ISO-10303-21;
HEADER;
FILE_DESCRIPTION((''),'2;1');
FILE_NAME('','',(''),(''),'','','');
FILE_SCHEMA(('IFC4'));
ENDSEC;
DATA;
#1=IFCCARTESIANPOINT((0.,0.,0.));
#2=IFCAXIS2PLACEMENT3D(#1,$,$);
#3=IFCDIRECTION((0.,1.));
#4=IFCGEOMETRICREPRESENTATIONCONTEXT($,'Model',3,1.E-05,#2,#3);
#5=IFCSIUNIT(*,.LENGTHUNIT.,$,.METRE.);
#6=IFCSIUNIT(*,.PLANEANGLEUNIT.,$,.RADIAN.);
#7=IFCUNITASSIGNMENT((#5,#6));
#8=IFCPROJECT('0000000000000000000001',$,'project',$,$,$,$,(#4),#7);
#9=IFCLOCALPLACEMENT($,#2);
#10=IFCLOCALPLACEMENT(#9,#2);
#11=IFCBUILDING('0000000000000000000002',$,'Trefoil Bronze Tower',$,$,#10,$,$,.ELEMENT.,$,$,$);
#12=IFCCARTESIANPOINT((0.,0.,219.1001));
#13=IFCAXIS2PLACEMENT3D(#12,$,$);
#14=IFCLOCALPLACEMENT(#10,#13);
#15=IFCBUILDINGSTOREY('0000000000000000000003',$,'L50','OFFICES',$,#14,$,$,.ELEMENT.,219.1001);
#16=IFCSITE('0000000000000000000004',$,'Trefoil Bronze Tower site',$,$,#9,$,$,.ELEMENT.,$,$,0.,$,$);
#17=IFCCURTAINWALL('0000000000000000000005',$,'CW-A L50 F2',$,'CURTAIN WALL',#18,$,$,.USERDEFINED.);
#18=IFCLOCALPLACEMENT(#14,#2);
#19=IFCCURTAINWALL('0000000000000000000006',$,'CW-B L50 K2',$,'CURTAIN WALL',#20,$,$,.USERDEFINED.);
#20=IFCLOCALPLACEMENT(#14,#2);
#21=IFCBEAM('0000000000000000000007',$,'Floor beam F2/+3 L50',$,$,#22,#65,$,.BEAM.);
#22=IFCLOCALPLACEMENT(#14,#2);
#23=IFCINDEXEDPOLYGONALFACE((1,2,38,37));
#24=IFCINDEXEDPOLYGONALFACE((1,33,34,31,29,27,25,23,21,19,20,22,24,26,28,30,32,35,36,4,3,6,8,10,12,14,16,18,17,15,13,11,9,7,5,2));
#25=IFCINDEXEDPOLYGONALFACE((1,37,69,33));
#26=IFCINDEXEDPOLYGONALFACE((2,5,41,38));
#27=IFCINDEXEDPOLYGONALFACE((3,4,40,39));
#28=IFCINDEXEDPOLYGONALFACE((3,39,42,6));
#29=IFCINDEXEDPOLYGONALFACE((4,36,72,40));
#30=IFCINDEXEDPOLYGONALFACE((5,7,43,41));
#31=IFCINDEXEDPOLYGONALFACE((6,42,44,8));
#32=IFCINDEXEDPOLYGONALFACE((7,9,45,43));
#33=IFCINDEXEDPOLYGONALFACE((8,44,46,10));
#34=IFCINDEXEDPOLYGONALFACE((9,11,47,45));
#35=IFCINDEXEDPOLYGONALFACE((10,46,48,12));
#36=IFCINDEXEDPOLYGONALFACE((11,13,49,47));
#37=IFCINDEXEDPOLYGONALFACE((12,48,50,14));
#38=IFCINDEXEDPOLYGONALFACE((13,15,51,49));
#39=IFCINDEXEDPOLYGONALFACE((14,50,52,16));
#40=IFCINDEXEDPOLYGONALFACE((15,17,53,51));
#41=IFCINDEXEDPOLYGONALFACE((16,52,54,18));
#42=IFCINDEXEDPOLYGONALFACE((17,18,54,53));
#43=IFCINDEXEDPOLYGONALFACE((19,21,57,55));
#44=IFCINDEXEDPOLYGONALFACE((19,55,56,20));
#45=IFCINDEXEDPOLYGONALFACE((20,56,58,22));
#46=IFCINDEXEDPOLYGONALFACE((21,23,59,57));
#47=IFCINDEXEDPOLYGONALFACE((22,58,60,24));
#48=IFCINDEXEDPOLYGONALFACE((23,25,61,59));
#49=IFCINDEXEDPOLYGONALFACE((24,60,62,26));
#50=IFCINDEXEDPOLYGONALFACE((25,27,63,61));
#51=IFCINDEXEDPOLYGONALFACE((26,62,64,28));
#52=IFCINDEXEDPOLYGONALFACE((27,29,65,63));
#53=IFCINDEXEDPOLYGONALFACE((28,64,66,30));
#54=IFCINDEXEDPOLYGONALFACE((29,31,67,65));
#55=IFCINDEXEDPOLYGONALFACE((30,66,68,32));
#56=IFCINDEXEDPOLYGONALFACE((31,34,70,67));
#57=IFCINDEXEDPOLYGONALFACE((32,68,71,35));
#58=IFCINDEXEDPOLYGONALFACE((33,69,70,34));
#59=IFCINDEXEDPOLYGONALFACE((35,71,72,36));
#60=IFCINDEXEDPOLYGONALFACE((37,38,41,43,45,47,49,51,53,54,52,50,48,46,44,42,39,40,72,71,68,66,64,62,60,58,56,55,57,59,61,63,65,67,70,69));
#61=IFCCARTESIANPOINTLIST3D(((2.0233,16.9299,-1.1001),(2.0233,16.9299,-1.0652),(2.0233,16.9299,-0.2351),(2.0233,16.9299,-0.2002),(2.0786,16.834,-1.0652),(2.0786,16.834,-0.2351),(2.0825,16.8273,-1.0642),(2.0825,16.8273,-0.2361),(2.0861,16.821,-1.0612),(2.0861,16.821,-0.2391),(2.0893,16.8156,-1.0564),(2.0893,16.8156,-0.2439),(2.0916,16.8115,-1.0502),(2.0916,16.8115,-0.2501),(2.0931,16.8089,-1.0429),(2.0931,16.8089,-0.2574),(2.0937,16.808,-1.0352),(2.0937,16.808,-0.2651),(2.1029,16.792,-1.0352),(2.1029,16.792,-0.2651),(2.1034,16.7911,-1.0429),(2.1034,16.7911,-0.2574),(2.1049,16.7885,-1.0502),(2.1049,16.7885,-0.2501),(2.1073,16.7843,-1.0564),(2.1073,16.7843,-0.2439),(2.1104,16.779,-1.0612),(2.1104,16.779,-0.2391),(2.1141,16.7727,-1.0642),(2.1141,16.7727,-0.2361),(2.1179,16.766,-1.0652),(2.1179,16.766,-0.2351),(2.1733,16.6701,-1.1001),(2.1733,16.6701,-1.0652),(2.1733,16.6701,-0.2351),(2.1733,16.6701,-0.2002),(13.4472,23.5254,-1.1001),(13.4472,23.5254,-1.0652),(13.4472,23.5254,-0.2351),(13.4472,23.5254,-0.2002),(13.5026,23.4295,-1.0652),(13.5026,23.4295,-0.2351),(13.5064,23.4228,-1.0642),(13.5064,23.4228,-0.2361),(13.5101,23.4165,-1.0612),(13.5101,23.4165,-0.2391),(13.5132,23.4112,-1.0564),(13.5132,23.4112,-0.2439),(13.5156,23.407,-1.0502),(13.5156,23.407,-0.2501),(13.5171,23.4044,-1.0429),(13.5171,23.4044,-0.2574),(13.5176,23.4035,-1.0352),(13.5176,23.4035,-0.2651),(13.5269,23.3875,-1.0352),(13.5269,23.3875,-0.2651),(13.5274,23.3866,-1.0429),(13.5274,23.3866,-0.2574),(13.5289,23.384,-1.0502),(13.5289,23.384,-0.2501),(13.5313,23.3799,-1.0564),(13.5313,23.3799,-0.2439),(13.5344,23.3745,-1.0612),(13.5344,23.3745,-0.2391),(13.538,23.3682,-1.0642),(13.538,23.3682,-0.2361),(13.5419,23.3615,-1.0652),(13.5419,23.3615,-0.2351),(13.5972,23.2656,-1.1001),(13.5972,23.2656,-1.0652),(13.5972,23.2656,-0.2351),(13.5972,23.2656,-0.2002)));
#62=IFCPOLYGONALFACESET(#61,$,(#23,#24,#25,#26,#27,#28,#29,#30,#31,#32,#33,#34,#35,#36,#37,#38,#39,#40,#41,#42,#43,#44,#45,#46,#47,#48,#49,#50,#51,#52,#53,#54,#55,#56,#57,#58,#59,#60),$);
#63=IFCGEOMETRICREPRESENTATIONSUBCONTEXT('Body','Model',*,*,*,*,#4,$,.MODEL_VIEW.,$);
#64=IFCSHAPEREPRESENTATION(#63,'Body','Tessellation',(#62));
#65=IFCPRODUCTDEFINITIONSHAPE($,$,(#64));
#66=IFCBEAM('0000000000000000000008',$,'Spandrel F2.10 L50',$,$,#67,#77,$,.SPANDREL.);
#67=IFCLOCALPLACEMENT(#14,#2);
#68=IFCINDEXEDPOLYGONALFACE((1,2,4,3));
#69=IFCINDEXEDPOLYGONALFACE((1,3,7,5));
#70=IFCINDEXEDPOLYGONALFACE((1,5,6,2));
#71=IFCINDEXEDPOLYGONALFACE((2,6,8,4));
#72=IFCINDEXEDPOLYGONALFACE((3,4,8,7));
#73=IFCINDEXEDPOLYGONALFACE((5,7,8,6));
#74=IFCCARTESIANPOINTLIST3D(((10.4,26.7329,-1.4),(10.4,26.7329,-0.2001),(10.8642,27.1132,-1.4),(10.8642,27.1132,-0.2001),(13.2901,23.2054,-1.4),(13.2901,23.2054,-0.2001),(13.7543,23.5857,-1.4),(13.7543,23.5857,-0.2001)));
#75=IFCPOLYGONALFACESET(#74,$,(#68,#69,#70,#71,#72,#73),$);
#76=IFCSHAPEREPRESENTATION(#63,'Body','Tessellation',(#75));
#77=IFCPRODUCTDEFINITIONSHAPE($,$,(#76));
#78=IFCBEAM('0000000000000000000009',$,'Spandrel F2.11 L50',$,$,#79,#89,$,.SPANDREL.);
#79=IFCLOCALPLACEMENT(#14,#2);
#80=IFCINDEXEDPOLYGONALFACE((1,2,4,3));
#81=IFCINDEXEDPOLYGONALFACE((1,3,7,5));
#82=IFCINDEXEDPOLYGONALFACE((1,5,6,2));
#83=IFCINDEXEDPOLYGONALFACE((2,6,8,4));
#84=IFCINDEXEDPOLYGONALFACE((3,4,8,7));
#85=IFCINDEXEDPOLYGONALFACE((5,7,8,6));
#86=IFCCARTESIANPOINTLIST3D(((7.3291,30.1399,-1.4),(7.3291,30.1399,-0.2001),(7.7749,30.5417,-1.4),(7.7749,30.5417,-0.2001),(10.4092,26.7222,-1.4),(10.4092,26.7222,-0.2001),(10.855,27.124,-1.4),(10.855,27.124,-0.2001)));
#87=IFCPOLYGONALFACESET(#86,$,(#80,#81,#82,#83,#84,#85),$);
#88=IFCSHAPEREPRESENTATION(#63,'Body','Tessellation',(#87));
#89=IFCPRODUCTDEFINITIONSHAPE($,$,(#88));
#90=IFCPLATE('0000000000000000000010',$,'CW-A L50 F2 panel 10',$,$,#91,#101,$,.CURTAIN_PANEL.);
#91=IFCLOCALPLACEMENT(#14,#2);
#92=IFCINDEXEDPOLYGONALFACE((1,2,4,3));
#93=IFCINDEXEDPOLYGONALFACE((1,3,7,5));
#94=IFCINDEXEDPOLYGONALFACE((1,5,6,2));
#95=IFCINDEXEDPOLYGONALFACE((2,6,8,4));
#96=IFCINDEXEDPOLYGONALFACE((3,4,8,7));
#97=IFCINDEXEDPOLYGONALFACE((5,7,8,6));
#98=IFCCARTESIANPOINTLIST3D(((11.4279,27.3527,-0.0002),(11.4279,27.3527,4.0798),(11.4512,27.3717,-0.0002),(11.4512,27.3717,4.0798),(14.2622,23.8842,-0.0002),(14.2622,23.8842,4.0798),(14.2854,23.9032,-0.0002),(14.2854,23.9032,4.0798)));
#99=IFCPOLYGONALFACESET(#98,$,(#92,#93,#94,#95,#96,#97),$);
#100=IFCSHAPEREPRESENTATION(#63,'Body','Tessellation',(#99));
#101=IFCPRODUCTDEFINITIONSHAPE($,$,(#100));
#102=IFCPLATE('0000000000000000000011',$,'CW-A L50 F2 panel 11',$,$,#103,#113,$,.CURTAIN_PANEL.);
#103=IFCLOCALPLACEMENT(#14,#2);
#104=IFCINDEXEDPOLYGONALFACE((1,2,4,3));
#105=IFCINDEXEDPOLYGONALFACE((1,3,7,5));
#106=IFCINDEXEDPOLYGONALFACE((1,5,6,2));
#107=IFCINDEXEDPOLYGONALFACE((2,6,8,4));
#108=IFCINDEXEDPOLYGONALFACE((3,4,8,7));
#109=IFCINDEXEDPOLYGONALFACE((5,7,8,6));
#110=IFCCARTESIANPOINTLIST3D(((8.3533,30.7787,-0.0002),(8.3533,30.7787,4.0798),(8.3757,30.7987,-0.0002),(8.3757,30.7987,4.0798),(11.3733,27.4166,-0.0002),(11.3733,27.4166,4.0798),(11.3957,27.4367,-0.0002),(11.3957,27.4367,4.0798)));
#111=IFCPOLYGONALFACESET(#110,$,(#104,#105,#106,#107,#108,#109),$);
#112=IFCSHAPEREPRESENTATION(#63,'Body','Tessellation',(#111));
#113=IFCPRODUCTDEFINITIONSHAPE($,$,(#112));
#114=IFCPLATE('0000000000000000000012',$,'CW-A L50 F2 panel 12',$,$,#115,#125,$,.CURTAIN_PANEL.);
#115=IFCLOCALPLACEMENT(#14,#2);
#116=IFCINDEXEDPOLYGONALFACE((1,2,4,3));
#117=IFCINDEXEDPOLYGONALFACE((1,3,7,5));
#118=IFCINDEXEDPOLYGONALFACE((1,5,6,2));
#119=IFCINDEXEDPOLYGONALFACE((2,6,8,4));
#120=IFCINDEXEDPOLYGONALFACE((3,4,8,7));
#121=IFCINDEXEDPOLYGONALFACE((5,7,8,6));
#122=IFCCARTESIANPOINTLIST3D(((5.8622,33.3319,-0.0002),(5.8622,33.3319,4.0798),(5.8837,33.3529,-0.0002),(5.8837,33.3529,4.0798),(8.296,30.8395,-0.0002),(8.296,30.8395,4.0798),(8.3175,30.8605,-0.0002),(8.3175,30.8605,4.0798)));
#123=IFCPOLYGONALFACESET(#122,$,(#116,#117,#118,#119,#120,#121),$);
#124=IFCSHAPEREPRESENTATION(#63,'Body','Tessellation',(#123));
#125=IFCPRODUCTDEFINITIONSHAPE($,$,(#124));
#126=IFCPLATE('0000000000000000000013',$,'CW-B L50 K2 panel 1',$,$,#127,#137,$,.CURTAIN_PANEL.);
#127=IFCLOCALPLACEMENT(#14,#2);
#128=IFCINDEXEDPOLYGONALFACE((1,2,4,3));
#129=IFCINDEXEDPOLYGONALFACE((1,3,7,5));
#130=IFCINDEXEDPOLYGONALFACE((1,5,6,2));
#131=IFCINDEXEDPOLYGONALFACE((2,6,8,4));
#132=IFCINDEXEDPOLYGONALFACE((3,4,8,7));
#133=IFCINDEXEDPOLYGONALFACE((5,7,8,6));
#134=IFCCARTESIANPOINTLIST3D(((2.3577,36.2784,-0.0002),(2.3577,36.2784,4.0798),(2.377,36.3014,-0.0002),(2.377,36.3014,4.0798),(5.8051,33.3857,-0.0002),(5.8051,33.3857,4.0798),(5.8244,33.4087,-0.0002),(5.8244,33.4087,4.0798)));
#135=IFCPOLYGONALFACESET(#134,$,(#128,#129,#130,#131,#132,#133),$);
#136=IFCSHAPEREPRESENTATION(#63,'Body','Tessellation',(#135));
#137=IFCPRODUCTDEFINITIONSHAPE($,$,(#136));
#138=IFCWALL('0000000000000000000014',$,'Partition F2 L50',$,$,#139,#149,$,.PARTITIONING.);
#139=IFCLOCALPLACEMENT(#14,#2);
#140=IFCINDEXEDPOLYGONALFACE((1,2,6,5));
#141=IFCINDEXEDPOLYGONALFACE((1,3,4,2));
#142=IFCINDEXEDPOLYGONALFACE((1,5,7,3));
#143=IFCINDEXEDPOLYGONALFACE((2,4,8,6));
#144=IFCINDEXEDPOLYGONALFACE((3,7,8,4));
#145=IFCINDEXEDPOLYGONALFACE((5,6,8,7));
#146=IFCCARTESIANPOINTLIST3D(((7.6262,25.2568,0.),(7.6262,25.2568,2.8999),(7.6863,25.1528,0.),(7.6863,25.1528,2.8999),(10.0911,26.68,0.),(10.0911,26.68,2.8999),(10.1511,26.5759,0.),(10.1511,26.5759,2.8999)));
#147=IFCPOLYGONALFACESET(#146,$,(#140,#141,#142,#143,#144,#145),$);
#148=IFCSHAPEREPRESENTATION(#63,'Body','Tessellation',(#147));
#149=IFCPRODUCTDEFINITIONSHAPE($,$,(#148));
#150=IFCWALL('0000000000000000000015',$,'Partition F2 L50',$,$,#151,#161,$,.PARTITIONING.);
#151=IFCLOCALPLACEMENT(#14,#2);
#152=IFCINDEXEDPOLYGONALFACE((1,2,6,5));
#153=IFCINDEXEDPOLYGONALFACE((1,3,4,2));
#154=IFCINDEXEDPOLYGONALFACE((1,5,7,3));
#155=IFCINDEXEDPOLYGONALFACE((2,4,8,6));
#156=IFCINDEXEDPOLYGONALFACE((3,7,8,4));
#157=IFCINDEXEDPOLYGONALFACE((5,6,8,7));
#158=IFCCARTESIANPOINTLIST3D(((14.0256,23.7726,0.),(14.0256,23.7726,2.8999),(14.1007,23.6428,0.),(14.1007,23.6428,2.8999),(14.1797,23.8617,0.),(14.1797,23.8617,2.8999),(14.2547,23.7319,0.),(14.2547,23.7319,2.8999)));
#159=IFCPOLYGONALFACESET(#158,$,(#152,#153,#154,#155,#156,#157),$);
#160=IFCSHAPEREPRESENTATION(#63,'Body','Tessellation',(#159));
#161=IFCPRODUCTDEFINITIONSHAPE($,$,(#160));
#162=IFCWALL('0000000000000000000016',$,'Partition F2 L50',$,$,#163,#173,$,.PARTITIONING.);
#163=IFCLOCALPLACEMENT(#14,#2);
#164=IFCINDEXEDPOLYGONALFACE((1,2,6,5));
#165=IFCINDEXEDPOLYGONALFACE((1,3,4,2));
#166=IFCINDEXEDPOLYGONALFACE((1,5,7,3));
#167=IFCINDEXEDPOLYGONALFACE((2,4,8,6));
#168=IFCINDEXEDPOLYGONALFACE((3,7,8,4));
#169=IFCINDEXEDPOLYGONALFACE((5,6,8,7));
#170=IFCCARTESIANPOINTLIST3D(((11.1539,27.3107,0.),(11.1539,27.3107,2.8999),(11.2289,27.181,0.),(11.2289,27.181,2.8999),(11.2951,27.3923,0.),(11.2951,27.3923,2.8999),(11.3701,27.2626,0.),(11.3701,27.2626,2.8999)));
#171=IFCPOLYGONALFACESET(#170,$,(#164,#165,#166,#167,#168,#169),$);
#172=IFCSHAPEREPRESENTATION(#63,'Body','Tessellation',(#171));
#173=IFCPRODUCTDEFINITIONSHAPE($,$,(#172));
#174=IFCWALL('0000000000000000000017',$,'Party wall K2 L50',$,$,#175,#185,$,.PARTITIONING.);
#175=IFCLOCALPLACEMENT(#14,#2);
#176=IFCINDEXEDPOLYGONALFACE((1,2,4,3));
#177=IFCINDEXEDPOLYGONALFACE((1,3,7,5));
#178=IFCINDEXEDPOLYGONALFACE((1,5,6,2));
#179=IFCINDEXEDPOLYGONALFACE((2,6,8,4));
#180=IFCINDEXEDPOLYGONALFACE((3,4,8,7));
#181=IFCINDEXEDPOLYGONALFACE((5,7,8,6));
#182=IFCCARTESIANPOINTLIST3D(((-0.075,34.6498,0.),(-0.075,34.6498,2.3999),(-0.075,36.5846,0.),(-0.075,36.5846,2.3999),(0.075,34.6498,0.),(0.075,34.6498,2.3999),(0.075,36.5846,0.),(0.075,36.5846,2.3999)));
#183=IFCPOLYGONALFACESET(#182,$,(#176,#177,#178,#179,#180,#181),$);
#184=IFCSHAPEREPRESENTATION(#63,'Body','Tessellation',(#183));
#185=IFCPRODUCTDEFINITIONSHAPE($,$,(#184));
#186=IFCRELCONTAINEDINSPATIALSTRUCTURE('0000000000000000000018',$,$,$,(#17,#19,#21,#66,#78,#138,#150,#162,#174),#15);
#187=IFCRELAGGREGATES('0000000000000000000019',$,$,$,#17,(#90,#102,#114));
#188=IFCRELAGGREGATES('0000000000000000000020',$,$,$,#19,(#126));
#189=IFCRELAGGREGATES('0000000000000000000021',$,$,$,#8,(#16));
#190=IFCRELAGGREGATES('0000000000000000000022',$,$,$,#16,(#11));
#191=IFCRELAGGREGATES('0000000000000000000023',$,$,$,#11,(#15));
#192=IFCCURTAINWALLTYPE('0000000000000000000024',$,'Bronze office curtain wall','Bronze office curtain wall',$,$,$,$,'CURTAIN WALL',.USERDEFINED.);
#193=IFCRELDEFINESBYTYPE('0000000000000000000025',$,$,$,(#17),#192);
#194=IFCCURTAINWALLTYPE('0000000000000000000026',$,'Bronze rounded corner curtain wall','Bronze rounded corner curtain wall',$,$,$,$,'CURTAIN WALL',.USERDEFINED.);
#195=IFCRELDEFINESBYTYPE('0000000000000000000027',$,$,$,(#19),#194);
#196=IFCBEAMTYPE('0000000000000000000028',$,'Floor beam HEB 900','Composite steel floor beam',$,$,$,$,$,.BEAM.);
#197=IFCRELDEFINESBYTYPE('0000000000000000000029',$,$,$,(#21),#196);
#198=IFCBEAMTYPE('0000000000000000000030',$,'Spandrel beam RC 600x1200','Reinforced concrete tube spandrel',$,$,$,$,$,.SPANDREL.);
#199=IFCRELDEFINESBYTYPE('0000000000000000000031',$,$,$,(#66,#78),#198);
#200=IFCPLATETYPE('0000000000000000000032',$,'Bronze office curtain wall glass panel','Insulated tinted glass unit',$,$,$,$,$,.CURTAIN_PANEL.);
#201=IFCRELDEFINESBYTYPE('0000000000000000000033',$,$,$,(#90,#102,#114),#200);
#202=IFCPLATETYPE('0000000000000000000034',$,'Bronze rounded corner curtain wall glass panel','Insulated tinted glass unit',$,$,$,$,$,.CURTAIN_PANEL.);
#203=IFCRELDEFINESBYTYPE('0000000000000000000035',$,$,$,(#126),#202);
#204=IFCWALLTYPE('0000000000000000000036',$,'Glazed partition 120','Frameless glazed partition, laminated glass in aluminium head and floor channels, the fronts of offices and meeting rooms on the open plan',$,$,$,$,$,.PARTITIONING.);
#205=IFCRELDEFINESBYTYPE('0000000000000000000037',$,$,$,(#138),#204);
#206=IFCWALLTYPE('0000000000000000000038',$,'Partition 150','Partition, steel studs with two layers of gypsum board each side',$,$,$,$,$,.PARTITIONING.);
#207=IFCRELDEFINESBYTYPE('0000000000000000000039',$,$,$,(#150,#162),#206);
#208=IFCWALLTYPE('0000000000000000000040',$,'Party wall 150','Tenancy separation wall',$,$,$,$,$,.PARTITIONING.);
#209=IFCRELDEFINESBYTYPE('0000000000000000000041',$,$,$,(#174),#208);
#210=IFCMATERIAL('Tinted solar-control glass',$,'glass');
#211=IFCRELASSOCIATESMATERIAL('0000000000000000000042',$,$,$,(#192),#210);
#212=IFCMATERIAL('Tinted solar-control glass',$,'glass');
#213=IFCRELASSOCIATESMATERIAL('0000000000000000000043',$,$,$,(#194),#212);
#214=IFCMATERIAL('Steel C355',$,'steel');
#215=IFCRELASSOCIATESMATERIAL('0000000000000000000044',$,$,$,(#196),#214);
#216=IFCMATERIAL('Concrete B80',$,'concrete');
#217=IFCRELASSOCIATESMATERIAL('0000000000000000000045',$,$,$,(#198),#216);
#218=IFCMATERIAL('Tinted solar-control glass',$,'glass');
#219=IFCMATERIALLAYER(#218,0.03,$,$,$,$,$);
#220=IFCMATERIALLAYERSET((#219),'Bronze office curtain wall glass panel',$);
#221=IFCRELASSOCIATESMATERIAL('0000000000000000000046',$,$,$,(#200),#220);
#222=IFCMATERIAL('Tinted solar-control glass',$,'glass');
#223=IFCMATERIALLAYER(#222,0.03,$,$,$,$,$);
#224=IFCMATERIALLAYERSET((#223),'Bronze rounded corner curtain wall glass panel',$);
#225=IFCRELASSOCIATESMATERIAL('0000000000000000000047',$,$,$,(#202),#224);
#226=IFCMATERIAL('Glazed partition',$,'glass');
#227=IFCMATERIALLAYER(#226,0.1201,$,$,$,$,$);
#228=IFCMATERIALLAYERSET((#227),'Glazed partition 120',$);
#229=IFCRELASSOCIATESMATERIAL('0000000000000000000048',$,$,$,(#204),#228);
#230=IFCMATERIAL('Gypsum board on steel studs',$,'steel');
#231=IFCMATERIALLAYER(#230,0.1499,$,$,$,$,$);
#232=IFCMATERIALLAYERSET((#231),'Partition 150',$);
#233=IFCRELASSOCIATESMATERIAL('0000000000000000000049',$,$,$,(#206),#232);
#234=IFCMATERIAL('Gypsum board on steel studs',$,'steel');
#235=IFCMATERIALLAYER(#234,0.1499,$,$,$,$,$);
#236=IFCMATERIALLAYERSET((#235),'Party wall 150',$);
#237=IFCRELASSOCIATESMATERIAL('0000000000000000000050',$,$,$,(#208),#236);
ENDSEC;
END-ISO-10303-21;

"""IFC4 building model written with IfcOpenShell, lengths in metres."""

from ifc_helpers import new_model, si_unit, direction, frame, frame_2d, origin, origin_2d, place, context, subcontext, project, spatial, rectangle, i_section, extrude, material, layer, layer_set, material_profile, profile_set, type_object, element, aggregate, save


model = new_model("IFC4")

# Units and contexts
model_context = context("Model", 3, precision=1e-05, world=origin(), true_north=direction((0.0, 1.0)))
body_context = subcontext(model_context, "Body", "Model", "MODEL_VIEW")
ifc_project = project(units=[si_unit("LENGTHUNIT", "METRE"), si_unit("PLANEANGLEUNIT", "RADIAN")], contexts=[model_context])

# Site, building, storey
site_placement = place(None, origin())
site = spatial("IfcSite", under=ifc_project, at=site_placement, Name="Trefoil Bronze Tower site", CompositionType="ELEMENT", RefElevation=0.0)
building_placement = place(site_placement, origin())
building = spatial("IfcBuilding", under=site, at=building_placement, Name="Trefoil Bronze Tower", CompositionType="ELEMENT")
storey_placement = place(building_placement, frame((0.0, 0.0, 219.1001)))
storey = spatial("IfcBuildingStorey", under=building, at=storey_placement, Name="L50", Description="OFFICES", CompositionType="ELEMENT", Elevation=219.1001)

# Curtain walls
ifc_material_1 = material(Name="Tinted solar-control glass", Category="glass")
curtain_wall_type_1 = type_object("IfcCurtainWallType", Name="Bronze office curtain wall", Description="Bronze office curtain wall", ElementType="CURTAIN WALL", PredefinedType="USERDEFINED", material=ifc_material_1)
curtain_wall_1_placement = place(storey_placement, origin())
curtain_wall_1 = element("IfcCurtainWall", 1, at=curtain_wall_1_placement, inside=storey, type_object=curtain_wall_type_1, Name="CW-A L50 F2", ObjectType="CURTAIN WALL", PredefinedType="USERDEFINED")
ifc_material_2 = material(Name="Tinted solar-control glass", Category="glass")
curtain_wall_type_2 = type_object("IfcCurtainWallType", Name="Bronze rounded corner curtain wall", Description="Bronze rounded corner curtain wall", ElementType="CURTAIN WALL", PredefinedType="USERDEFINED", material=ifc_material_2)
curtain_wall_2_placement = place(storey_placement, origin())
curtain_wall_2 = element("IfcCurtainWall", 2, at=curtain_wall_2_placement, inside=storey, type_object=curtain_wall_type_2, Name="CW-B L50 K2", ObjectType="CURTAIN WALL", PredefinedType="USERDEFINED")

# Beams
ifc_material_3 = material(Name="Steel C355", Category="steel")
ifc_material_profile_1 = material_profile(ifc_material_3, i_section(OverallWidth=0.3, OverallDepth=0.8999, WebThickness=0.0186, FlangeThickness=0.0349, FilletRadius=0.03, at=origin_2d()), Name="HEB 900")
ifc_profile_set_1 = profile_set([ifc_material_profile_1], Name="Steel C355")
beam_type_1 = type_object("IfcBeamType", Name="Floor beam HEB 900", Description="Composite steel floor beam", PredefinedType="BEAM", material=ifc_profile_set_1)
beam_1_placement = place(storey_placement, frame((13.5222, 23.3955, -0.6501), z_axis=(-0.866028, -0.499995, 0.0), x_axis=(0.499995, -0.866028, 0.0)))
element("IfcBeam", 3, at=beam_1_placement, inside=storey, type_object=beam_type_1, Name="Floor beam F2/+3 L50", PredefinedType="BEAM", context=body_context, shape_type="SweptSolid", body=[
    extrude(i_section(OverallWidth=0.3, OverallDepth=0.8999, WebThickness=0.0186, FlangeThickness=0.0349, FilletRadius=0.03, at=origin_2d()), origin(), (0.0, 0.0, 1.0), 13.1912),
])
ifc_material_4 = material(Name="Concrete B80", Category="concrete")
ifc_material_profile_2 = material_profile(ifc_material_4, rectangle(XDim=0.6001, YDim=1.2, at=origin_2d()), Name="RC 600x1200")
ifc_profile_set_2 = profile_set([ifc_material_profile_2], Name="Concrete B80")
beam_type_2 = type_object("IfcBeamType", Name="Spandrel beam RC 600x1200", Description="Reinforced concrete tube spandrel", PredefinedType="SPANDREL", material=ifc_profile_set_2)
beam_2_placement = place(storey_placement, frame((13.5222, 23.3955, -0.8), z_axis=(-0.633754, 0.773535, 0.0), x_axis=(-0.773535, -0.633754, 0.0)))
element("IfcBeam", 4, at=beam_2_placement, inside=storey, type_object=beam_type_2, Name="Spandrel F2.10 L50", PredefinedType="SPANDREL", context=body_context, shape_type="SweptSolid", body=[
    extrude(rectangle(XDim=0.6001, YDim=1.2, at=origin_2d()), origin(), (0.0, 0.0, 1.0), 4.5603),
])
beam_3_placement = place(storey_placement, frame((10.6321, 26.9231, -0.8), z_axis=(-0.66946, 0.742848, 0.0), x_axis=(-0.742848, -0.66946, 0.0)))
element("IfcBeam", 5, at=beam_3_placement, inside=storey, type_object=beam_type_2, Name="Spandrel F2.11 L50", PredefinedType="SPANDREL", context=body_context, shape_type="SweptSolid", body=[
    extrude(rectangle(XDim=0.6001, YDim=1.2, at=origin_2d()), origin(), (0.0, 0.0, 1.0), 4.6008),
])

# Plates
ifc_material_5 = material(Name="Tinted solar-control glass", Category="glass")
ifc_layer_1 = layer(ifc_material_5, 0.03)
ifc_layer_set_1 = layer_set([ifc_layer_1], Name="Bronze office curtain wall glass panel")
plate_type_1 = type_object("IfcPlateType", Name="Bronze office curtain wall glass panel", Description="Insulated tinted glass unit", PredefinedType="CURTAIN_PANEL", material=ifc_layer_set_1)
plate_1_placement = place(storey_placement, frame((12.8567, 25.6279, -0.0002), z_axis=(0.0, 0.0, 1.0), x_axis=(-0.632753, 0.774354, 0.0)))
plate_1 = element("IfcPlate", 6, at=plate_1_placement, type_object=plate_type_1, Name="CW-A L50 F2 panel 10", PredefinedType="CURTAIN_PANEL", context=body_context, shape_type="SweptSolid", body=[
    extrude(rectangle(XDim=4.4792, YDim=0.03, at=origin_2d()), origin(), (0.0, 0.0, 1.0), 4.0801),
])
plate_2_placement = place(storey_placement, frame((9.8745, 29.1077, -0.0002), z_axis=(0.0, 0.0, 1.0), x_axis=(-0.668246, 0.743941, 0.0)))
plate_2 = element("IfcPlate", 7, at=plate_2_placement, type_object=plate_type_1, Name="CW-A L50 F2 panel 11", PredefinedType="CURTAIN_PANEL", context=body_context, shape_type="SweptSolid", body=[
    extrude(rectangle(XDim=4.5193, YDim=0.03, at=origin_2d()), origin(), (0.0, 0.0, 1.0), 4.0801),
])
plate_3_placement = place(storey_placement, frame((7.0898, 32.0962, -0.0002), z_axis=(0.0, 0.0, 1.0), x_axis=(-0.698652, 0.715462, 0.0)))
plate_3 = element("IfcPlate", 8, at=plate_3_placement, type_object=plate_type_1, Name="CW-A L50 F2 panel 12", PredefinedType="CURTAIN_PANEL", context=body_context, shape_type="SweptSolid", body=[
    extrude(rectangle(XDim=3.4836, YDim=0.03, at=origin_2d()), origin(), (0.0, 0.0, 1.0), 4.0801),
])
aggregate(curtain_wall_1, [plate_1, plate_2, plate_3])
ifc_material_6 = material(Name="Tinted solar-control glass", Category="glass")
ifc_layer_2 = layer(ifc_material_6, 0.03)
ifc_layer_set_2 = layer_set([ifc_layer_2], Name="Bronze rounded corner curtain wall glass panel")
plate_type_2 = type_object("IfcPlateType", Name="Bronze rounded corner curtain wall glass panel", Description="Insulated tinted glass unit", PredefinedType="CURTAIN_PANEL", material=ifc_layer_set_2)
plate_4_placement = place(storey_placement, frame((4.0911, 34.8435, -0.0002), z_axis=(0.0, 0.0, 1.0), x_axis=(-0.766044, 0.642788, 0.0)))
plate_4 = element("IfcPlate", 9, at=plate_4_placement, type_object=plate_type_2, Name="CW-B L50 K2 panel 1", PredefinedType="CURTAIN_PANEL", context=body_context, shape_type="SweptSolid", body=[
    extrude(rectangle(XDim=4.5002, YDim=0.03, at=origin_2d()), origin(), (0.0, 0.0, 1.0), 4.0801),
])
aggregate(curtain_wall_2, [plate_4])

# Walls
ifc_material_7 = material(Name="Glazed partition", Category="glass")
ifc_layer_3 = layer(ifc_material_7, 0.1201)
ifc_layer_set_3 = layer_set([ifc_layer_3], Name="Glazed partition 120")
wall_type_1 = type_object("IfcWallType", Name="Glazed partition 120", Description="Frameless glazed partition, laminated glass in aluminium head and floor channels, the fronts of offices and meeting rooms on the open plan", PredefinedType="PARTITIONING", material=ifc_layer_set_3)
wall_1_placement = place(storey_placement, frame((7.6562, 25.2048, 0.0), z_axis=(0.0, 0.0, 1.0), x_axis=(0.866023, 0.500005, 0.0)))
element("IfcWall", 10, at=wall_1_placement, inside=storey, type_object=wall_type_1, Name="Partition F2 L50", PredefinedType="PARTITIONING", context=body_context, shape_type="SweptSolid", body=[
    extrude(rectangle(XDim=2.8462, YDim=0.1201, at=frame_2d((1.4231, 0.0))), origin(), (0.0, 0.0, 1.0), 2.8999),
])
ifc_material_8 = material(Name="Gypsum board on steel studs", Category="steel")
ifc_layer_4 = layer(ifc_material_8, 0.1499)
ifc_layer_set_4 = layer_set([ifc_layer_4], Name="Partition 150")
wall_type_2 = type_object("IfcWallType", Name="Partition 150", Description="Partition, steel studs with two layers of gypsum board each side", PredefinedType="PARTITIONING", material=ifc_layer_set_4)
wall_2_placement = place(storey_placement, frame((14.0632, 23.7078, 0.0), z_axis=(0.0, 0.0, 1.0), x_axis=(0.865614, 0.500712, 0.0)))
element("IfcWall", 11, at=wall_2_placement, inside=storey, type_object=wall_type_2, Name="Partition F2 L50", PredefinedType="PARTITIONING", context=body_context, shape_type="SweptSolid", body=[
    extrude(rectangle(XDim=0.178, YDim=0.1499, at=frame_2d((0.0889, 0.0))), origin(), (0.0, 0.0, 1.0), 2.8999),
])
wall_3_placement = place(storey_placement, frame((11.1914, 27.2458, 0.0), z_axis=(0.0, 0.0, 1.0), x_axis=(0.865836, 0.500328, 0.0)))
element("IfcWall", 12, at=wall_3_placement, inside=storey, type_object=wall_type_2, Name="Partition F2 L50", PredefinedType="PARTITIONING", context=body_context, shape_type="SweptSolid", body=[
    extrude(rectangle(XDim=0.1631, YDim=0.1499, at=frame_2d((0.0815, 0.0))), origin(), (0.0, 0.0, 1.0), 2.8999),
])
ifc_material_9 = material(Name="Gypsum board on steel studs", Category="steel")
ifc_layer_5 = layer(ifc_material_9, 0.1499)
ifc_layer_set_5 = layer_set([ifc_layer_5], Name="Party wall 150")
wall_type_3 = type_object("IfcWallType", Name="Party wall 150", Description="Tenancy separation wall", PredefinedType="PARTITIONING", material=ifc_layer_set_5)
wall_4_placement = place(storey_placement, frame((0.0, 34.6499, 0.0), z_axis=(0.0, 0.0, 1.0), x_axis=(0.0, 1.0, 0.0)))
element("IfcWall", 13, at=wall_4_placement, inside=storey, type_object=wall_type_3, Name="Party wall K2 L50", PredefinedType="PARTITIONING", context=body_context, shape_type="SweptSolid", body=[
    extrude(rectangle(XDim=1.9348, YDim=0.1499, at=frame_2d((0.9673, 0.0))), origin(), (0.0, 0.0, 1.0), 2.3999),
])

save(model, "model.ifc")
